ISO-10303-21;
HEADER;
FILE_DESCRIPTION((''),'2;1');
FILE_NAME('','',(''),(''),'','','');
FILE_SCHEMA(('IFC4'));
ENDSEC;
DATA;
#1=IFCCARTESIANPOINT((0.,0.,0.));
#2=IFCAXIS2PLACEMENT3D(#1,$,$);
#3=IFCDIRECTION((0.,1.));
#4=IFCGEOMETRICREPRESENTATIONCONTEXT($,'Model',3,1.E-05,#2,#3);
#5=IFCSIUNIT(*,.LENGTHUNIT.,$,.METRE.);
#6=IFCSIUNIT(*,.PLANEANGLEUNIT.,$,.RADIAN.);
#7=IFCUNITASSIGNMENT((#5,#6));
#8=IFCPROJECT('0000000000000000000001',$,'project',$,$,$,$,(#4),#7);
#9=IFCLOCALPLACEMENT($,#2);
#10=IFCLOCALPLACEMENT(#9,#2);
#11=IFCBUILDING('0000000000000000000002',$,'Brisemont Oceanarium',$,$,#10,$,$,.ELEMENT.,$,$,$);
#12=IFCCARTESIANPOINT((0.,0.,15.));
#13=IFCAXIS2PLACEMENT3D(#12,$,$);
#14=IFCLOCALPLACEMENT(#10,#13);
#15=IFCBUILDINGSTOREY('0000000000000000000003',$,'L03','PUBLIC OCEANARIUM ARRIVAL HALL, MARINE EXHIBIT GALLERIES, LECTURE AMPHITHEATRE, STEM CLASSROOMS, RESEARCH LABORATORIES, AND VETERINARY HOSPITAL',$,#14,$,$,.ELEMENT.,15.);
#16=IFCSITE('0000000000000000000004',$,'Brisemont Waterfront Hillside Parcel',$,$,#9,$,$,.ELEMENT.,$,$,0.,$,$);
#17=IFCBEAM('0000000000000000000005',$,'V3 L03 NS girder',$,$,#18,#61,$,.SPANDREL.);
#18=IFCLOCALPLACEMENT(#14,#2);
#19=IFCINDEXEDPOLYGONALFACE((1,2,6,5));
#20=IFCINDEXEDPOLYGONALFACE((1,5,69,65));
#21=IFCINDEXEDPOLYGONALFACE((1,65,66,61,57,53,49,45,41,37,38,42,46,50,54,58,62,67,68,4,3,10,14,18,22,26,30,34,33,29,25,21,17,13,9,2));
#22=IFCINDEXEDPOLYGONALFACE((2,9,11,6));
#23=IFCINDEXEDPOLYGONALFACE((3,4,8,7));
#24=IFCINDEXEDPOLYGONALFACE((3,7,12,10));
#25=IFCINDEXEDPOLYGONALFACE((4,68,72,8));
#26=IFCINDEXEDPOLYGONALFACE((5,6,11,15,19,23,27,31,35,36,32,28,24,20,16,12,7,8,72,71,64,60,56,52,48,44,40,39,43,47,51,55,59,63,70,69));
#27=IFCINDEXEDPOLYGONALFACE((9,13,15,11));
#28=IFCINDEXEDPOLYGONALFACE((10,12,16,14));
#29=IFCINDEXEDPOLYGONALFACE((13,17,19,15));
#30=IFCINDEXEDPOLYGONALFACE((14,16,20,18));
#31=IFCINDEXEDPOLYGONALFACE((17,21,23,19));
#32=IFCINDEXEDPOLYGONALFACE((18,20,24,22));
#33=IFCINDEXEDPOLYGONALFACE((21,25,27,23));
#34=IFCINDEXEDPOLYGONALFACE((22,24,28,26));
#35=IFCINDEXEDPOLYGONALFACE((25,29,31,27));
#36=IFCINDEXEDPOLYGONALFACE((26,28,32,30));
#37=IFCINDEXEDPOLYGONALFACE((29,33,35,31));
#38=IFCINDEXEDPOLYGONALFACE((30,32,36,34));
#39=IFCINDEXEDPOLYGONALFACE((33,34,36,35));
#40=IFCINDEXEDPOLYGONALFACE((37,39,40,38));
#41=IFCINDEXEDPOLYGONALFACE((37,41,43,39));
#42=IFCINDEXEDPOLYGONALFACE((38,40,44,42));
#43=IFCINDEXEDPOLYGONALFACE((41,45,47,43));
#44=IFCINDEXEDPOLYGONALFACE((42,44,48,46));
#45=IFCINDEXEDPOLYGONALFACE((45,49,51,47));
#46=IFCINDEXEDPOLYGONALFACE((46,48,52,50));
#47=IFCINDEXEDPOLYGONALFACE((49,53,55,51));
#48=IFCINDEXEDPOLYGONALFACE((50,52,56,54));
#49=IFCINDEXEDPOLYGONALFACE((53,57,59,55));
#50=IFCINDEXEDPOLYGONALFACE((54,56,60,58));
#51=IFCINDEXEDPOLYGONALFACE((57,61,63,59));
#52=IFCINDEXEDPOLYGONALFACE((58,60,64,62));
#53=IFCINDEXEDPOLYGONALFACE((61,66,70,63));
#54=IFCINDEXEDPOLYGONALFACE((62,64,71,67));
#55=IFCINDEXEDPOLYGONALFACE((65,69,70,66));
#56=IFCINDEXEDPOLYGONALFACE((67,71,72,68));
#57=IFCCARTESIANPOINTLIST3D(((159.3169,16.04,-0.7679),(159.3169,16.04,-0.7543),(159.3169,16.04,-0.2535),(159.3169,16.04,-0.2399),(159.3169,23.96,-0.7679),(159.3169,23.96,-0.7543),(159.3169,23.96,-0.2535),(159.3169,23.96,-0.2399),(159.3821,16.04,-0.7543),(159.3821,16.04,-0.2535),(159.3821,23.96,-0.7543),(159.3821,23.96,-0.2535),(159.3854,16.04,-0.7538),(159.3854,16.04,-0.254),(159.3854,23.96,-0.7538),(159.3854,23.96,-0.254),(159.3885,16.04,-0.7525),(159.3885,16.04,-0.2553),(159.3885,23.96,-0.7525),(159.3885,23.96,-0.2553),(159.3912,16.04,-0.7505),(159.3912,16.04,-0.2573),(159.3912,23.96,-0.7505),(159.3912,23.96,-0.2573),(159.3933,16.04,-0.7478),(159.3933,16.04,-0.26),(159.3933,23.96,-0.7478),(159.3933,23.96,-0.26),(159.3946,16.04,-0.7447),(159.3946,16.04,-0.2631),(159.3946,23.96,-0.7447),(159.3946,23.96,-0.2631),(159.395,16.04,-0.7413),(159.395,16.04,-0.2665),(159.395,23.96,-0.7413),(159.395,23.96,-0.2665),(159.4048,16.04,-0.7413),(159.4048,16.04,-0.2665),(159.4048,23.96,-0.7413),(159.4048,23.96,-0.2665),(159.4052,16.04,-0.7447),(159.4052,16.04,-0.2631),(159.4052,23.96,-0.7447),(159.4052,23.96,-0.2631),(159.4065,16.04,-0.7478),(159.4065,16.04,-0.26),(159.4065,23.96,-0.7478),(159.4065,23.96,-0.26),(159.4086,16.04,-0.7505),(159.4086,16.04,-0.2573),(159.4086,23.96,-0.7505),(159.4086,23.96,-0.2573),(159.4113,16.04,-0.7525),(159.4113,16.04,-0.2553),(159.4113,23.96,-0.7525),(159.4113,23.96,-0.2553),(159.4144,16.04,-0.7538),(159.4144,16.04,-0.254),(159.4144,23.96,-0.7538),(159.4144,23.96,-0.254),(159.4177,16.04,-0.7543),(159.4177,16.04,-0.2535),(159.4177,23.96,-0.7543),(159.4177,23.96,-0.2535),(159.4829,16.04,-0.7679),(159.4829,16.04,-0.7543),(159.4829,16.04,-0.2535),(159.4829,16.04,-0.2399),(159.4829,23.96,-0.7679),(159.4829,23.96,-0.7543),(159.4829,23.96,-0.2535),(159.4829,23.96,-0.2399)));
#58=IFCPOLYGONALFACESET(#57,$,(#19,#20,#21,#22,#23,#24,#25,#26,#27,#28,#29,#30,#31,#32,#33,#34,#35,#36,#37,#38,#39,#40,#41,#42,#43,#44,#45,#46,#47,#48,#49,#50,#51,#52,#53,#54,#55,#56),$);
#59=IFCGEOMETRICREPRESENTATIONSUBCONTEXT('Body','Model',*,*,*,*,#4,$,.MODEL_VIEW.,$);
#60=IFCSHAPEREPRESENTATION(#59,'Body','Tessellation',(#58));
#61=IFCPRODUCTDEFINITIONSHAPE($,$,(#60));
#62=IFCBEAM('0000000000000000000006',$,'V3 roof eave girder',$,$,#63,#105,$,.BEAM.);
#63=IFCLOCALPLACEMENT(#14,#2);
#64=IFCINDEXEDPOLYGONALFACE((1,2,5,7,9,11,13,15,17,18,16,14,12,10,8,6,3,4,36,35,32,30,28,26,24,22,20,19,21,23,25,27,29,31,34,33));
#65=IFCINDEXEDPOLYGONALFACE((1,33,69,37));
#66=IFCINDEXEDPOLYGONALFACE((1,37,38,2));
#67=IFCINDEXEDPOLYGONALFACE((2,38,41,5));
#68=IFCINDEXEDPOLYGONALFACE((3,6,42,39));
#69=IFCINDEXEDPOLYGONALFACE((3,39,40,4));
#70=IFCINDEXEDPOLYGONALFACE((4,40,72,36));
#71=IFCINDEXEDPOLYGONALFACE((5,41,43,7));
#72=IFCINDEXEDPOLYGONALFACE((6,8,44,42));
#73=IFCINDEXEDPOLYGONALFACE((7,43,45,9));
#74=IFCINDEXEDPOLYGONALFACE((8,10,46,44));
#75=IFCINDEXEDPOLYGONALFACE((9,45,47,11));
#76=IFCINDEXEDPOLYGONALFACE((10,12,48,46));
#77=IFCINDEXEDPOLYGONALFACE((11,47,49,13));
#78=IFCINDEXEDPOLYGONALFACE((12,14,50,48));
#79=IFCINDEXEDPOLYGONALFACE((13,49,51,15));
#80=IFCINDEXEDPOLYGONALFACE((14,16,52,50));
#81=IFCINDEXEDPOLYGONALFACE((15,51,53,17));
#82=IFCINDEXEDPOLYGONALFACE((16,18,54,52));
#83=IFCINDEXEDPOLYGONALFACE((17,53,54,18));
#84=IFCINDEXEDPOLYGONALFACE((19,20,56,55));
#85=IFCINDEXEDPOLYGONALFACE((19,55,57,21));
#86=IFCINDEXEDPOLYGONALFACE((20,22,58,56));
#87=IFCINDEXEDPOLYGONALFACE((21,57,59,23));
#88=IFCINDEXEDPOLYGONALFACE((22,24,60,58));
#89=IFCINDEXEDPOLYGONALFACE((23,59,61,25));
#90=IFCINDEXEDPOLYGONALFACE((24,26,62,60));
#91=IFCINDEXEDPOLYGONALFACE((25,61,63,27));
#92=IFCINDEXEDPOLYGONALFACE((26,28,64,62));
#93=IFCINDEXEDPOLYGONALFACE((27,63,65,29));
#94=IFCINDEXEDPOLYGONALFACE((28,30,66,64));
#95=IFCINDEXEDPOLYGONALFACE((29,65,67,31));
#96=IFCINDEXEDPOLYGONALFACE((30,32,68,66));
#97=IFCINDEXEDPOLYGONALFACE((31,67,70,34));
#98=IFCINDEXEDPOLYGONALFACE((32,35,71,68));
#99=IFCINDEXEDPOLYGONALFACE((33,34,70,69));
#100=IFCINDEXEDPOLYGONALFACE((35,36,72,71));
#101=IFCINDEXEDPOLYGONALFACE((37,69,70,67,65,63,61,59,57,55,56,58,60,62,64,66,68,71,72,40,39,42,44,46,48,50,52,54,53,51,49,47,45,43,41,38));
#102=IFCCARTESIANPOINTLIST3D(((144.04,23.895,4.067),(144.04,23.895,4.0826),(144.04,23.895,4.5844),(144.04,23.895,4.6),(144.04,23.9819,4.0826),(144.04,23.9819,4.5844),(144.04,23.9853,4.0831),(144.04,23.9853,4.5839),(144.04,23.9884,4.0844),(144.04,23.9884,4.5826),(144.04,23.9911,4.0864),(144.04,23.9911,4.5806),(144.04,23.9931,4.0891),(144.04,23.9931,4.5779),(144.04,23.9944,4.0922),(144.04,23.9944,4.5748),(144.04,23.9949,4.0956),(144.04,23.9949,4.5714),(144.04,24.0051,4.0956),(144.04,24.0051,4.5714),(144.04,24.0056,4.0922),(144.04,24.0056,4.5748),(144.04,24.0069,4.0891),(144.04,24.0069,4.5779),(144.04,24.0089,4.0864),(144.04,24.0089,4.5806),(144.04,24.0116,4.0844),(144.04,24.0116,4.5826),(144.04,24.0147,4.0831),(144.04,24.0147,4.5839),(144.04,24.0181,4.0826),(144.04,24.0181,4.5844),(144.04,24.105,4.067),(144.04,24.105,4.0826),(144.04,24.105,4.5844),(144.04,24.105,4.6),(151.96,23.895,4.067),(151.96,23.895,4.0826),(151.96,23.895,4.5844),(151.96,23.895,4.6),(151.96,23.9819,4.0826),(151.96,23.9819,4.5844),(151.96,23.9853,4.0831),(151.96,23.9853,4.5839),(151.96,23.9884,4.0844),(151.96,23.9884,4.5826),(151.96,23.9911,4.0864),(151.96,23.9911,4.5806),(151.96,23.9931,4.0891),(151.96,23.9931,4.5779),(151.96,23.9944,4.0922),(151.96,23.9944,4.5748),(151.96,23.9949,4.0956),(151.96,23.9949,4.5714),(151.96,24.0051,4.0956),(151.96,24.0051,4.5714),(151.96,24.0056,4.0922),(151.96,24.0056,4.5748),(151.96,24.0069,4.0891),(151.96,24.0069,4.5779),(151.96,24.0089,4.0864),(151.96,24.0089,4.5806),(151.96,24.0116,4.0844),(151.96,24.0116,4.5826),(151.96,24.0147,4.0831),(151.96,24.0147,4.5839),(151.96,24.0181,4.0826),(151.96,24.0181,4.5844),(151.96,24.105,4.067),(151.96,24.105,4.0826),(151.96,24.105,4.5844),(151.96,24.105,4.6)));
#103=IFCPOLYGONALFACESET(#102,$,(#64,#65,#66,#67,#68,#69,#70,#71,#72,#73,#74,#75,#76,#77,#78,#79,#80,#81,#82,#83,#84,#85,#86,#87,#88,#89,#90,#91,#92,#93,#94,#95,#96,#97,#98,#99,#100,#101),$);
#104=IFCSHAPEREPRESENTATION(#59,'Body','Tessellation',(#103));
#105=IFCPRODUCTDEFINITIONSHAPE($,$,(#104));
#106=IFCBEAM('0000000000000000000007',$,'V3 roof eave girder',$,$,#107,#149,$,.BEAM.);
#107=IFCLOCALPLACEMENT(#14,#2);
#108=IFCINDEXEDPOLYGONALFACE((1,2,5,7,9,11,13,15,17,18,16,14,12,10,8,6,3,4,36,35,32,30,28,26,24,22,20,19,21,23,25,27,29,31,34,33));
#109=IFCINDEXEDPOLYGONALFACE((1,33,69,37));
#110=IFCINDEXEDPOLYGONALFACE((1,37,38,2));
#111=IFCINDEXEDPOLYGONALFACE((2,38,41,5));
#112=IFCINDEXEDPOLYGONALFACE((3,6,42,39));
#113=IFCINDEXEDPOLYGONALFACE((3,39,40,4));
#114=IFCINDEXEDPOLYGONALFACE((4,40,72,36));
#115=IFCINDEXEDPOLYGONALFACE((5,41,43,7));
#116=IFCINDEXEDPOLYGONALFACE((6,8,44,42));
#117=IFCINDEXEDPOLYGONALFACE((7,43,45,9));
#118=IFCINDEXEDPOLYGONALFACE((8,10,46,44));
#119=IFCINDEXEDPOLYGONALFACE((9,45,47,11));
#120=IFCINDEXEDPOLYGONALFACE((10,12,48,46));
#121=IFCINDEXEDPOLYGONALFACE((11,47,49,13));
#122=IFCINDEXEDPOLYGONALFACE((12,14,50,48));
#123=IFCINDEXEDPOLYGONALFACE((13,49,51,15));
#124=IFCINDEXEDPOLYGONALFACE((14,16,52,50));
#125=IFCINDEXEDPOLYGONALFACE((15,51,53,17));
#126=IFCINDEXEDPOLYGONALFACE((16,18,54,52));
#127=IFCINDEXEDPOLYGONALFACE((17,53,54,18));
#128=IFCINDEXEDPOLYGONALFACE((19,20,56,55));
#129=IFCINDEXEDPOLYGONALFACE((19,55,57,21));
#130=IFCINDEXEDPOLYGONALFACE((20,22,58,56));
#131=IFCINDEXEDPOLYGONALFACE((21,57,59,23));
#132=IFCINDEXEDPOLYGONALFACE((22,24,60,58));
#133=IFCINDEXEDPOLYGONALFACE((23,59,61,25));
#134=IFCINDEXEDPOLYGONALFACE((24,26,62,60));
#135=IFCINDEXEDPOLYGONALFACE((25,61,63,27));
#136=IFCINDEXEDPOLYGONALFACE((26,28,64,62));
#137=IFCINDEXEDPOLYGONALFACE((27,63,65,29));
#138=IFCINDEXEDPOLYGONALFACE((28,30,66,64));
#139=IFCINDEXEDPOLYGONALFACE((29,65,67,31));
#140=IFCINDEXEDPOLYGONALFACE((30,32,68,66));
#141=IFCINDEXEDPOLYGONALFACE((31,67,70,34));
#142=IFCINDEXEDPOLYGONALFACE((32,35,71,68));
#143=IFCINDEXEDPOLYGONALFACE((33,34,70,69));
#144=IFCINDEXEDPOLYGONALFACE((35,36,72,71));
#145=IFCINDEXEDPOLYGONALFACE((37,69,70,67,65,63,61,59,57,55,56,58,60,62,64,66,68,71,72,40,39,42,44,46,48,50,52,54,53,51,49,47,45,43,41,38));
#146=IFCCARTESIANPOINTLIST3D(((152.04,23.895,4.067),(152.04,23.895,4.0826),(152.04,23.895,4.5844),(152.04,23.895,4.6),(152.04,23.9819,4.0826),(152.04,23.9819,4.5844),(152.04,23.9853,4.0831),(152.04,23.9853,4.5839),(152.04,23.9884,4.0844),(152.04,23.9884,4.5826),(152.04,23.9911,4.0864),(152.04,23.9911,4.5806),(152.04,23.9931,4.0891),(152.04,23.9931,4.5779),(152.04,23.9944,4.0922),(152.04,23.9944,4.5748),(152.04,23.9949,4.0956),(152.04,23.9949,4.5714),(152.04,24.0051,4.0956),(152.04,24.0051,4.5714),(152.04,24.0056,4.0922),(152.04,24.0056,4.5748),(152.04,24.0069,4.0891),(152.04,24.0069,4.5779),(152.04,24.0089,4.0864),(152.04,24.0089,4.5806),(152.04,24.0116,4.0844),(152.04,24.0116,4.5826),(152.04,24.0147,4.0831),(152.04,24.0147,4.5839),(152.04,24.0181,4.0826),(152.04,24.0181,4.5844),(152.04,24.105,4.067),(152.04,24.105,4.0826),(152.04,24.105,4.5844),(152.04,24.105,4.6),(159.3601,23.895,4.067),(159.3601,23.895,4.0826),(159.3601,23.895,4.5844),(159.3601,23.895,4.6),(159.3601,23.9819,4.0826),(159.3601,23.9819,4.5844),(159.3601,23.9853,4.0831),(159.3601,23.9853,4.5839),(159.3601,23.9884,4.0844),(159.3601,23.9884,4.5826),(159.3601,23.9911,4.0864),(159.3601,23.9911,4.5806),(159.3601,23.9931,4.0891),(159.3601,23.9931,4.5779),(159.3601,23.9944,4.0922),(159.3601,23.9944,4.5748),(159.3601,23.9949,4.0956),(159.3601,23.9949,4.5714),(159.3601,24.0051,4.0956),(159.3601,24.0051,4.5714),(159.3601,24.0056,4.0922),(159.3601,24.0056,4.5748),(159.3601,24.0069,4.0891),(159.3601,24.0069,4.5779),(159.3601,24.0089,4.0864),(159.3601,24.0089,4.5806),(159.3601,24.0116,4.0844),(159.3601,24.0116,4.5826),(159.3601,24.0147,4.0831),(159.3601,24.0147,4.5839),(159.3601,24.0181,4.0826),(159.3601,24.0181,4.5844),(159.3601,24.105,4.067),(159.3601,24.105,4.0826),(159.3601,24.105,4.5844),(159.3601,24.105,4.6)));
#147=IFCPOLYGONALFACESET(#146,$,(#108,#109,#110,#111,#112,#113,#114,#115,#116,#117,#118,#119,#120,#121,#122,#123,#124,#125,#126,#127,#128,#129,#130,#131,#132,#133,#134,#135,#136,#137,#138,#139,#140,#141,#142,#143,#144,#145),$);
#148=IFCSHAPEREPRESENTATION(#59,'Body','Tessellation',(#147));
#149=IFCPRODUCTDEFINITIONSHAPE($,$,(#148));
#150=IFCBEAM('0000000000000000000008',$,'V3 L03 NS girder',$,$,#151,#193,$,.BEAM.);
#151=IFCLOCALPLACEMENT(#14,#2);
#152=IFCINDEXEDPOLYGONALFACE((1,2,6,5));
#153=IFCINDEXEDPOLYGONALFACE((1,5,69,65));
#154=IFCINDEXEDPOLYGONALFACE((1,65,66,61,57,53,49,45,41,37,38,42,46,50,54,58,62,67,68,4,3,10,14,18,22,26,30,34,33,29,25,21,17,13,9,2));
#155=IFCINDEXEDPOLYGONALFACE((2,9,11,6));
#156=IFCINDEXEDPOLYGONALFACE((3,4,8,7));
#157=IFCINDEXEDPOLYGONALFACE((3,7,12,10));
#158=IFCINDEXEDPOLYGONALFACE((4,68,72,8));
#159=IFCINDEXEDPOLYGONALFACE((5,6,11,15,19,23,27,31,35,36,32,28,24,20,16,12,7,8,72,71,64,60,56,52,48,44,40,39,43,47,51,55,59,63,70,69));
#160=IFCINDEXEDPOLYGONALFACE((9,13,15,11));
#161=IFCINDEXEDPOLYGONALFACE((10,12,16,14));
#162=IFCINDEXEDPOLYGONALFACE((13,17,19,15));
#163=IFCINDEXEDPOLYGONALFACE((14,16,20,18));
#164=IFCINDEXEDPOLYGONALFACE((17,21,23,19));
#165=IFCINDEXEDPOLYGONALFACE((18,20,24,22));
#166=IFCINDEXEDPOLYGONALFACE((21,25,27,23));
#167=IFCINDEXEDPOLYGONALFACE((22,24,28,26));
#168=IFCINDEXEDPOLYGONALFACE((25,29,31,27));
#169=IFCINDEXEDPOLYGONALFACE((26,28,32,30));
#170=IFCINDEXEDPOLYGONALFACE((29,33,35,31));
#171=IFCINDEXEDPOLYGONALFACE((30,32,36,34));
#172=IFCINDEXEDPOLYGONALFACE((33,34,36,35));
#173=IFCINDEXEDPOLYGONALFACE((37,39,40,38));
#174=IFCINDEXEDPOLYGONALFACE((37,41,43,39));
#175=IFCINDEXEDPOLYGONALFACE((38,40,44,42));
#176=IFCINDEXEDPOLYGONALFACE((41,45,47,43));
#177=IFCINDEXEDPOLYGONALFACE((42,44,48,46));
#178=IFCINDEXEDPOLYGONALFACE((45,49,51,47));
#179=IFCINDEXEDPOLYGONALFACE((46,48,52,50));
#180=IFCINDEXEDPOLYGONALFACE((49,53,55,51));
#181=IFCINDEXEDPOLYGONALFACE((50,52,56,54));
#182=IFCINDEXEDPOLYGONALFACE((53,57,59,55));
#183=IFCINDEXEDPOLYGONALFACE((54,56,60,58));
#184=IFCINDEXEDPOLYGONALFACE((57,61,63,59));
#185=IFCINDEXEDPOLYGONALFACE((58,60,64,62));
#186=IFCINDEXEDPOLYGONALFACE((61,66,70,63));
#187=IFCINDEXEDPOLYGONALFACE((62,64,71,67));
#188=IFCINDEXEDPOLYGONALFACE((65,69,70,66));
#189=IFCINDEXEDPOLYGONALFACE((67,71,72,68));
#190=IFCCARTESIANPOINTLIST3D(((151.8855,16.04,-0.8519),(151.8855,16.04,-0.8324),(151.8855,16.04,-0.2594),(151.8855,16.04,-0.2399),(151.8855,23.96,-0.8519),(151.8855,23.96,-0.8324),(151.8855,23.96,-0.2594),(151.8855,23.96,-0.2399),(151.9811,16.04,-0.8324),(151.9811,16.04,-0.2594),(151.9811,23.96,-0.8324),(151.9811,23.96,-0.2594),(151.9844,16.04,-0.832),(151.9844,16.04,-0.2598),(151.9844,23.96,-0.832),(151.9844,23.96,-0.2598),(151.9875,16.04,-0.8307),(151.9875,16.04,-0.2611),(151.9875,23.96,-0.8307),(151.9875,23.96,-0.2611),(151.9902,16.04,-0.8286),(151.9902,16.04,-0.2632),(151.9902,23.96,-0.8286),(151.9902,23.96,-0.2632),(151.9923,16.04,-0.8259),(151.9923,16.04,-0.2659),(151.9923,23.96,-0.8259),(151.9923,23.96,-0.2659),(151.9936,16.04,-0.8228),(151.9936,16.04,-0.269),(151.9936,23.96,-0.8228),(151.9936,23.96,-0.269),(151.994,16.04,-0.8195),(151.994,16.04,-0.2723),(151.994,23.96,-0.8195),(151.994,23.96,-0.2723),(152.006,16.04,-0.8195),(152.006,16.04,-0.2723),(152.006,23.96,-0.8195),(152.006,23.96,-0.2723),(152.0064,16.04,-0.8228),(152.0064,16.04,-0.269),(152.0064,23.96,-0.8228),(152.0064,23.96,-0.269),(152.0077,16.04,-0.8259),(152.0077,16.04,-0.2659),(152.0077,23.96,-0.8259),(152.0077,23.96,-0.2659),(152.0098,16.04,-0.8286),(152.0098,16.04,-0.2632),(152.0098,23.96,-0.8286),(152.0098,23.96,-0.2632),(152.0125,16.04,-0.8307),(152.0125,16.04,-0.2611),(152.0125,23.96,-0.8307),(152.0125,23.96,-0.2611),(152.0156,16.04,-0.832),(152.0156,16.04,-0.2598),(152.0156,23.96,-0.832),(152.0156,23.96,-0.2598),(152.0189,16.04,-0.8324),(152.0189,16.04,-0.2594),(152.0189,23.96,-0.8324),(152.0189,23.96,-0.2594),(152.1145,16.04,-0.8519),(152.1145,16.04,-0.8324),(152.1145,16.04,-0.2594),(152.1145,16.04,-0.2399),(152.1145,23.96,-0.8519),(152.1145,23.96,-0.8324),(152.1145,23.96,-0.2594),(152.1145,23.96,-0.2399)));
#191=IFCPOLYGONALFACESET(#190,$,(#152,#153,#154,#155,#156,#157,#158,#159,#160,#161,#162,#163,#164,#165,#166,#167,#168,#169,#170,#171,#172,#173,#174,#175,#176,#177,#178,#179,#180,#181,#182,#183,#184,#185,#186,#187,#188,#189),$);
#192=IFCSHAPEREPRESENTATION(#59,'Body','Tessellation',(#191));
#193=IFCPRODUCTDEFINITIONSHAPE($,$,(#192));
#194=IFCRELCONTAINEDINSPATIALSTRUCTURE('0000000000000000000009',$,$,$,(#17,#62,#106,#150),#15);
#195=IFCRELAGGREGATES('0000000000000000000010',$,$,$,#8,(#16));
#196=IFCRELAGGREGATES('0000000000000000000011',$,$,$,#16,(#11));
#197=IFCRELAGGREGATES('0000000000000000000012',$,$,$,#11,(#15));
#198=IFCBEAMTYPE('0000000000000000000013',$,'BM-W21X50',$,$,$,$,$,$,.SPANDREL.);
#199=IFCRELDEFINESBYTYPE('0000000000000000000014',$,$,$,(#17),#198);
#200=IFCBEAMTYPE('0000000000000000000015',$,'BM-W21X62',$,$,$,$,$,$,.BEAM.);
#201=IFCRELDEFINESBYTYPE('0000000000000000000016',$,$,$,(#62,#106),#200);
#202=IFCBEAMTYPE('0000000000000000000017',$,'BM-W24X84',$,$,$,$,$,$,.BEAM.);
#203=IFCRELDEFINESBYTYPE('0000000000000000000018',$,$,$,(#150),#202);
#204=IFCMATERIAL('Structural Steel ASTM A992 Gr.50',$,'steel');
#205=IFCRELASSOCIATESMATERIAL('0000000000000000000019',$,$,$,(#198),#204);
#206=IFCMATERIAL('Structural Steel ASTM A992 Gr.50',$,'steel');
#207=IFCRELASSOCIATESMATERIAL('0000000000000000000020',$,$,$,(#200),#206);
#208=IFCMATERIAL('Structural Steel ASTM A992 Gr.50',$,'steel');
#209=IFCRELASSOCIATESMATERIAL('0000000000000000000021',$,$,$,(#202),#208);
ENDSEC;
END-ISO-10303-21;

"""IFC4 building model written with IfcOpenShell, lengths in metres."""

from ifc_helpers import new_model, si_unit, direction, frame, origin, origin_2d, place, context, subcontext, project, spatial, i_section, extrude, material, material_profile, profile_set, type_object, element, save


model = new_model("IFC4")

# Units and contexts
model_context = context("Model", 3, precision=1e-05, world=origin(), true_north=direction((0.0, 1.0)))
body_context = subcontext(model_context, "Body", "Model", "MODEL_VIEW")
ifc_project = project(units=[si_unit("LENGTHUNIT", "METRE"), si_unit("PLANEANGLEUNIT", "RADIAN")], contexts=[model_context])

# Site, building, storey
site_placement = place(None, origin())
site = spatial("IfcSite", under=ifc_project, at=site_placement, Name="Brisemont Waterfront Hillside Parcel", CompositionType="ELEMENT", RefElevation=0.0)
building_placement = place(site_placement, origin())
building = spatial("IfcBuilding", under=site, at=building_placement, Name="Brisemont Oceanarium", CompositionType="ELEMENT")
storey_placement = place(building_placement, frame((0.0, 0.0, 15.0)))
storey = spatial("IfcBuildingStorey", under=building, at=storey_placement, Name="L03", Description="PUBLIC OCEANARIUM ARRIVAL HALL, MARINE EXHIBIT GALLERIES, LECTURE AMPHITHEATRE, STEM CLASSROOMS, RESEARCH LABORATORIES, AND VETERINARY HOSPITAL", CompositionType="ELEMENT", Elevation=15.0)

# Beams
ifc_material_1 = material(Name="Structural Steel ASTM A992 Gr.50", Category="steel")
ifc_material_profile_1 = material_profile(ifc_material_1, i_section(OverallWidth=0.166, OverallDepth=0.5281, WebThickness=0.0098, FlangeThickness=0.0137, FilletRadius=0.0129, at=origin_2d()), Name="W21X50")
ifc_profile_set_1 = profile_set([ifc_material_profile_1], Name="Structural Steel ASTM A992 Gr.50")
beam_type_1 = type_object("IfcBeamType", Name="BM-W21X50", PredefinedType="SPANDREL", material=ifc_profile_set_1)
beam_1_placement = place(storey_placement, frame((159.3999, 16.04, -0.5039), z_axis=(0.0, 1.0, 0.0), x_axis=(-1.0, 0.0, 0.0)))
element("IfcBeam", 1, at=beam_1_placement, inside=storey, type_object=beam_type_1, Name="V3 L03 NS girder", PredefinedType="SPANDREL", context=body_context, shape_type="SweptSolid", body=[
    extrude(i_section(OverallWidth=0.166, OverallDepth=0.5281, WebThickness=0.0098, FlangeThickness=0.0137, FilletRadius=0.0129, at=origin_2d()), origin(), (0.0, 0.0, 1.0), 7.9199),
])
ifc_material_2 = material(Name="Structural Steel ASTM A992 Gr.50", Category="steel")
ifc_material_profile_2 = material_profile(ifc_material_2, i_section(OverallWidth=0.21, OverallDepth=0.533, WebThickness=0.0103, FlangeThickness=0.0156, FilletRadius=0.0129, at=origin_2d()), Name="W21X62")
ifc_profile_set_2 = profile_set([ifc_material_profile_2], Name="Structural Steel ASTM A992 Gr.50")
beam_type_2 = type_object("IfcBeamType", Name="BM-W21X62", PredefinedType="BEAM", material=ifc_profile_set_2)
beam_2_placement = place(storey_placement, frame((144.04, 24.0, 4.3335), z_axis=(1.0, 0.0, 0.0), x_axis=(0.0, 1.0, 0.0)))
element("IfcBeam", 2, at=beam_2_placement, inside=storey, type_object=beam_type_2, Name="V3 roof eave girder", PredefinedType="BEAM", context=body_context, shape_type="SweptSolid", body=[
    extrude(i_section(OverallWidth=0.21, OverallDepth=0.533, WebThickness=0.0103, FlangeThickness=0.0156, FilletRadius=0.0129, at=origin_2d()), origin(), (0.0, 0.0, 1.0), 7.9199),
])
beam_3_placement = place(storey_placement, frame((152.04, 24.0, 4.3335), z_axis=(1.0, 0.0, 0.0), x_axis=(0.0, 1.0, 0.0)))
element("IfcBeam", 3, at=beam_3_placement, inside=storey, type_object=beam_type_2, Name="V3 roof eave girder", PredefinedType="BEAM", context=body_context, shape_type="SweptSolid", body=[
    extrude(i_section(OverallWidth=0.21, OverallDepth=0.533, WebThickness=0.0103, FlangeThickness=0.0156, FilletRadius=0.0129, at=origin_2d()), origin(), (0.0, 0.0, 1.0), 7.3201),
])
ifc_material_3 = material(Name="Structural Steel ASTM A992 Gr.50", Category="steel")
ifc_material_profile_3 = material_profile(ifc_material_3, i_section(OverallWidth=0.229, OverallDepth=0.6121, WebThickness=0.012, FlangeThickness=0.0195, FilletRadius=0.0129, at=origin_2d()), Name="W24X84")
ifc_profile_set_3 = profile_set([ifc_material_profile_3], Name="Structural Steel ASTM A992 Gr.50")
beam_type_3 = type_object("IfcBeamType", Name="BM-W24X84", PredefinedType="BEAM", material=ifc_profile_set_3)
beam_4_placement = place(storey_placement, frame((152.0, 16.04, -0.5459), z_axis=(0.0, 1.0, 0.0), x_axis=(-1.0, 0.0, 0.0)))
element("IfcBeam", 4, at=beam_4_placement, inside=storey, type_object=beam_type_3, Name="V3 L03 NS girder", PredefinedType="BEAM", context=body_context, shape_type="SweptSolid", body=[
    extrude(i_section(OverallWidth=0.229, OverallDepth=0.6121, WebThickness=0.012, FlangeThickness=0.0195, FilletRadius=0.0129, at=origin_2d()), origin(), (0.0, 0.0, 1.0), 7.9199),
])

save(model, "model.ifc")
